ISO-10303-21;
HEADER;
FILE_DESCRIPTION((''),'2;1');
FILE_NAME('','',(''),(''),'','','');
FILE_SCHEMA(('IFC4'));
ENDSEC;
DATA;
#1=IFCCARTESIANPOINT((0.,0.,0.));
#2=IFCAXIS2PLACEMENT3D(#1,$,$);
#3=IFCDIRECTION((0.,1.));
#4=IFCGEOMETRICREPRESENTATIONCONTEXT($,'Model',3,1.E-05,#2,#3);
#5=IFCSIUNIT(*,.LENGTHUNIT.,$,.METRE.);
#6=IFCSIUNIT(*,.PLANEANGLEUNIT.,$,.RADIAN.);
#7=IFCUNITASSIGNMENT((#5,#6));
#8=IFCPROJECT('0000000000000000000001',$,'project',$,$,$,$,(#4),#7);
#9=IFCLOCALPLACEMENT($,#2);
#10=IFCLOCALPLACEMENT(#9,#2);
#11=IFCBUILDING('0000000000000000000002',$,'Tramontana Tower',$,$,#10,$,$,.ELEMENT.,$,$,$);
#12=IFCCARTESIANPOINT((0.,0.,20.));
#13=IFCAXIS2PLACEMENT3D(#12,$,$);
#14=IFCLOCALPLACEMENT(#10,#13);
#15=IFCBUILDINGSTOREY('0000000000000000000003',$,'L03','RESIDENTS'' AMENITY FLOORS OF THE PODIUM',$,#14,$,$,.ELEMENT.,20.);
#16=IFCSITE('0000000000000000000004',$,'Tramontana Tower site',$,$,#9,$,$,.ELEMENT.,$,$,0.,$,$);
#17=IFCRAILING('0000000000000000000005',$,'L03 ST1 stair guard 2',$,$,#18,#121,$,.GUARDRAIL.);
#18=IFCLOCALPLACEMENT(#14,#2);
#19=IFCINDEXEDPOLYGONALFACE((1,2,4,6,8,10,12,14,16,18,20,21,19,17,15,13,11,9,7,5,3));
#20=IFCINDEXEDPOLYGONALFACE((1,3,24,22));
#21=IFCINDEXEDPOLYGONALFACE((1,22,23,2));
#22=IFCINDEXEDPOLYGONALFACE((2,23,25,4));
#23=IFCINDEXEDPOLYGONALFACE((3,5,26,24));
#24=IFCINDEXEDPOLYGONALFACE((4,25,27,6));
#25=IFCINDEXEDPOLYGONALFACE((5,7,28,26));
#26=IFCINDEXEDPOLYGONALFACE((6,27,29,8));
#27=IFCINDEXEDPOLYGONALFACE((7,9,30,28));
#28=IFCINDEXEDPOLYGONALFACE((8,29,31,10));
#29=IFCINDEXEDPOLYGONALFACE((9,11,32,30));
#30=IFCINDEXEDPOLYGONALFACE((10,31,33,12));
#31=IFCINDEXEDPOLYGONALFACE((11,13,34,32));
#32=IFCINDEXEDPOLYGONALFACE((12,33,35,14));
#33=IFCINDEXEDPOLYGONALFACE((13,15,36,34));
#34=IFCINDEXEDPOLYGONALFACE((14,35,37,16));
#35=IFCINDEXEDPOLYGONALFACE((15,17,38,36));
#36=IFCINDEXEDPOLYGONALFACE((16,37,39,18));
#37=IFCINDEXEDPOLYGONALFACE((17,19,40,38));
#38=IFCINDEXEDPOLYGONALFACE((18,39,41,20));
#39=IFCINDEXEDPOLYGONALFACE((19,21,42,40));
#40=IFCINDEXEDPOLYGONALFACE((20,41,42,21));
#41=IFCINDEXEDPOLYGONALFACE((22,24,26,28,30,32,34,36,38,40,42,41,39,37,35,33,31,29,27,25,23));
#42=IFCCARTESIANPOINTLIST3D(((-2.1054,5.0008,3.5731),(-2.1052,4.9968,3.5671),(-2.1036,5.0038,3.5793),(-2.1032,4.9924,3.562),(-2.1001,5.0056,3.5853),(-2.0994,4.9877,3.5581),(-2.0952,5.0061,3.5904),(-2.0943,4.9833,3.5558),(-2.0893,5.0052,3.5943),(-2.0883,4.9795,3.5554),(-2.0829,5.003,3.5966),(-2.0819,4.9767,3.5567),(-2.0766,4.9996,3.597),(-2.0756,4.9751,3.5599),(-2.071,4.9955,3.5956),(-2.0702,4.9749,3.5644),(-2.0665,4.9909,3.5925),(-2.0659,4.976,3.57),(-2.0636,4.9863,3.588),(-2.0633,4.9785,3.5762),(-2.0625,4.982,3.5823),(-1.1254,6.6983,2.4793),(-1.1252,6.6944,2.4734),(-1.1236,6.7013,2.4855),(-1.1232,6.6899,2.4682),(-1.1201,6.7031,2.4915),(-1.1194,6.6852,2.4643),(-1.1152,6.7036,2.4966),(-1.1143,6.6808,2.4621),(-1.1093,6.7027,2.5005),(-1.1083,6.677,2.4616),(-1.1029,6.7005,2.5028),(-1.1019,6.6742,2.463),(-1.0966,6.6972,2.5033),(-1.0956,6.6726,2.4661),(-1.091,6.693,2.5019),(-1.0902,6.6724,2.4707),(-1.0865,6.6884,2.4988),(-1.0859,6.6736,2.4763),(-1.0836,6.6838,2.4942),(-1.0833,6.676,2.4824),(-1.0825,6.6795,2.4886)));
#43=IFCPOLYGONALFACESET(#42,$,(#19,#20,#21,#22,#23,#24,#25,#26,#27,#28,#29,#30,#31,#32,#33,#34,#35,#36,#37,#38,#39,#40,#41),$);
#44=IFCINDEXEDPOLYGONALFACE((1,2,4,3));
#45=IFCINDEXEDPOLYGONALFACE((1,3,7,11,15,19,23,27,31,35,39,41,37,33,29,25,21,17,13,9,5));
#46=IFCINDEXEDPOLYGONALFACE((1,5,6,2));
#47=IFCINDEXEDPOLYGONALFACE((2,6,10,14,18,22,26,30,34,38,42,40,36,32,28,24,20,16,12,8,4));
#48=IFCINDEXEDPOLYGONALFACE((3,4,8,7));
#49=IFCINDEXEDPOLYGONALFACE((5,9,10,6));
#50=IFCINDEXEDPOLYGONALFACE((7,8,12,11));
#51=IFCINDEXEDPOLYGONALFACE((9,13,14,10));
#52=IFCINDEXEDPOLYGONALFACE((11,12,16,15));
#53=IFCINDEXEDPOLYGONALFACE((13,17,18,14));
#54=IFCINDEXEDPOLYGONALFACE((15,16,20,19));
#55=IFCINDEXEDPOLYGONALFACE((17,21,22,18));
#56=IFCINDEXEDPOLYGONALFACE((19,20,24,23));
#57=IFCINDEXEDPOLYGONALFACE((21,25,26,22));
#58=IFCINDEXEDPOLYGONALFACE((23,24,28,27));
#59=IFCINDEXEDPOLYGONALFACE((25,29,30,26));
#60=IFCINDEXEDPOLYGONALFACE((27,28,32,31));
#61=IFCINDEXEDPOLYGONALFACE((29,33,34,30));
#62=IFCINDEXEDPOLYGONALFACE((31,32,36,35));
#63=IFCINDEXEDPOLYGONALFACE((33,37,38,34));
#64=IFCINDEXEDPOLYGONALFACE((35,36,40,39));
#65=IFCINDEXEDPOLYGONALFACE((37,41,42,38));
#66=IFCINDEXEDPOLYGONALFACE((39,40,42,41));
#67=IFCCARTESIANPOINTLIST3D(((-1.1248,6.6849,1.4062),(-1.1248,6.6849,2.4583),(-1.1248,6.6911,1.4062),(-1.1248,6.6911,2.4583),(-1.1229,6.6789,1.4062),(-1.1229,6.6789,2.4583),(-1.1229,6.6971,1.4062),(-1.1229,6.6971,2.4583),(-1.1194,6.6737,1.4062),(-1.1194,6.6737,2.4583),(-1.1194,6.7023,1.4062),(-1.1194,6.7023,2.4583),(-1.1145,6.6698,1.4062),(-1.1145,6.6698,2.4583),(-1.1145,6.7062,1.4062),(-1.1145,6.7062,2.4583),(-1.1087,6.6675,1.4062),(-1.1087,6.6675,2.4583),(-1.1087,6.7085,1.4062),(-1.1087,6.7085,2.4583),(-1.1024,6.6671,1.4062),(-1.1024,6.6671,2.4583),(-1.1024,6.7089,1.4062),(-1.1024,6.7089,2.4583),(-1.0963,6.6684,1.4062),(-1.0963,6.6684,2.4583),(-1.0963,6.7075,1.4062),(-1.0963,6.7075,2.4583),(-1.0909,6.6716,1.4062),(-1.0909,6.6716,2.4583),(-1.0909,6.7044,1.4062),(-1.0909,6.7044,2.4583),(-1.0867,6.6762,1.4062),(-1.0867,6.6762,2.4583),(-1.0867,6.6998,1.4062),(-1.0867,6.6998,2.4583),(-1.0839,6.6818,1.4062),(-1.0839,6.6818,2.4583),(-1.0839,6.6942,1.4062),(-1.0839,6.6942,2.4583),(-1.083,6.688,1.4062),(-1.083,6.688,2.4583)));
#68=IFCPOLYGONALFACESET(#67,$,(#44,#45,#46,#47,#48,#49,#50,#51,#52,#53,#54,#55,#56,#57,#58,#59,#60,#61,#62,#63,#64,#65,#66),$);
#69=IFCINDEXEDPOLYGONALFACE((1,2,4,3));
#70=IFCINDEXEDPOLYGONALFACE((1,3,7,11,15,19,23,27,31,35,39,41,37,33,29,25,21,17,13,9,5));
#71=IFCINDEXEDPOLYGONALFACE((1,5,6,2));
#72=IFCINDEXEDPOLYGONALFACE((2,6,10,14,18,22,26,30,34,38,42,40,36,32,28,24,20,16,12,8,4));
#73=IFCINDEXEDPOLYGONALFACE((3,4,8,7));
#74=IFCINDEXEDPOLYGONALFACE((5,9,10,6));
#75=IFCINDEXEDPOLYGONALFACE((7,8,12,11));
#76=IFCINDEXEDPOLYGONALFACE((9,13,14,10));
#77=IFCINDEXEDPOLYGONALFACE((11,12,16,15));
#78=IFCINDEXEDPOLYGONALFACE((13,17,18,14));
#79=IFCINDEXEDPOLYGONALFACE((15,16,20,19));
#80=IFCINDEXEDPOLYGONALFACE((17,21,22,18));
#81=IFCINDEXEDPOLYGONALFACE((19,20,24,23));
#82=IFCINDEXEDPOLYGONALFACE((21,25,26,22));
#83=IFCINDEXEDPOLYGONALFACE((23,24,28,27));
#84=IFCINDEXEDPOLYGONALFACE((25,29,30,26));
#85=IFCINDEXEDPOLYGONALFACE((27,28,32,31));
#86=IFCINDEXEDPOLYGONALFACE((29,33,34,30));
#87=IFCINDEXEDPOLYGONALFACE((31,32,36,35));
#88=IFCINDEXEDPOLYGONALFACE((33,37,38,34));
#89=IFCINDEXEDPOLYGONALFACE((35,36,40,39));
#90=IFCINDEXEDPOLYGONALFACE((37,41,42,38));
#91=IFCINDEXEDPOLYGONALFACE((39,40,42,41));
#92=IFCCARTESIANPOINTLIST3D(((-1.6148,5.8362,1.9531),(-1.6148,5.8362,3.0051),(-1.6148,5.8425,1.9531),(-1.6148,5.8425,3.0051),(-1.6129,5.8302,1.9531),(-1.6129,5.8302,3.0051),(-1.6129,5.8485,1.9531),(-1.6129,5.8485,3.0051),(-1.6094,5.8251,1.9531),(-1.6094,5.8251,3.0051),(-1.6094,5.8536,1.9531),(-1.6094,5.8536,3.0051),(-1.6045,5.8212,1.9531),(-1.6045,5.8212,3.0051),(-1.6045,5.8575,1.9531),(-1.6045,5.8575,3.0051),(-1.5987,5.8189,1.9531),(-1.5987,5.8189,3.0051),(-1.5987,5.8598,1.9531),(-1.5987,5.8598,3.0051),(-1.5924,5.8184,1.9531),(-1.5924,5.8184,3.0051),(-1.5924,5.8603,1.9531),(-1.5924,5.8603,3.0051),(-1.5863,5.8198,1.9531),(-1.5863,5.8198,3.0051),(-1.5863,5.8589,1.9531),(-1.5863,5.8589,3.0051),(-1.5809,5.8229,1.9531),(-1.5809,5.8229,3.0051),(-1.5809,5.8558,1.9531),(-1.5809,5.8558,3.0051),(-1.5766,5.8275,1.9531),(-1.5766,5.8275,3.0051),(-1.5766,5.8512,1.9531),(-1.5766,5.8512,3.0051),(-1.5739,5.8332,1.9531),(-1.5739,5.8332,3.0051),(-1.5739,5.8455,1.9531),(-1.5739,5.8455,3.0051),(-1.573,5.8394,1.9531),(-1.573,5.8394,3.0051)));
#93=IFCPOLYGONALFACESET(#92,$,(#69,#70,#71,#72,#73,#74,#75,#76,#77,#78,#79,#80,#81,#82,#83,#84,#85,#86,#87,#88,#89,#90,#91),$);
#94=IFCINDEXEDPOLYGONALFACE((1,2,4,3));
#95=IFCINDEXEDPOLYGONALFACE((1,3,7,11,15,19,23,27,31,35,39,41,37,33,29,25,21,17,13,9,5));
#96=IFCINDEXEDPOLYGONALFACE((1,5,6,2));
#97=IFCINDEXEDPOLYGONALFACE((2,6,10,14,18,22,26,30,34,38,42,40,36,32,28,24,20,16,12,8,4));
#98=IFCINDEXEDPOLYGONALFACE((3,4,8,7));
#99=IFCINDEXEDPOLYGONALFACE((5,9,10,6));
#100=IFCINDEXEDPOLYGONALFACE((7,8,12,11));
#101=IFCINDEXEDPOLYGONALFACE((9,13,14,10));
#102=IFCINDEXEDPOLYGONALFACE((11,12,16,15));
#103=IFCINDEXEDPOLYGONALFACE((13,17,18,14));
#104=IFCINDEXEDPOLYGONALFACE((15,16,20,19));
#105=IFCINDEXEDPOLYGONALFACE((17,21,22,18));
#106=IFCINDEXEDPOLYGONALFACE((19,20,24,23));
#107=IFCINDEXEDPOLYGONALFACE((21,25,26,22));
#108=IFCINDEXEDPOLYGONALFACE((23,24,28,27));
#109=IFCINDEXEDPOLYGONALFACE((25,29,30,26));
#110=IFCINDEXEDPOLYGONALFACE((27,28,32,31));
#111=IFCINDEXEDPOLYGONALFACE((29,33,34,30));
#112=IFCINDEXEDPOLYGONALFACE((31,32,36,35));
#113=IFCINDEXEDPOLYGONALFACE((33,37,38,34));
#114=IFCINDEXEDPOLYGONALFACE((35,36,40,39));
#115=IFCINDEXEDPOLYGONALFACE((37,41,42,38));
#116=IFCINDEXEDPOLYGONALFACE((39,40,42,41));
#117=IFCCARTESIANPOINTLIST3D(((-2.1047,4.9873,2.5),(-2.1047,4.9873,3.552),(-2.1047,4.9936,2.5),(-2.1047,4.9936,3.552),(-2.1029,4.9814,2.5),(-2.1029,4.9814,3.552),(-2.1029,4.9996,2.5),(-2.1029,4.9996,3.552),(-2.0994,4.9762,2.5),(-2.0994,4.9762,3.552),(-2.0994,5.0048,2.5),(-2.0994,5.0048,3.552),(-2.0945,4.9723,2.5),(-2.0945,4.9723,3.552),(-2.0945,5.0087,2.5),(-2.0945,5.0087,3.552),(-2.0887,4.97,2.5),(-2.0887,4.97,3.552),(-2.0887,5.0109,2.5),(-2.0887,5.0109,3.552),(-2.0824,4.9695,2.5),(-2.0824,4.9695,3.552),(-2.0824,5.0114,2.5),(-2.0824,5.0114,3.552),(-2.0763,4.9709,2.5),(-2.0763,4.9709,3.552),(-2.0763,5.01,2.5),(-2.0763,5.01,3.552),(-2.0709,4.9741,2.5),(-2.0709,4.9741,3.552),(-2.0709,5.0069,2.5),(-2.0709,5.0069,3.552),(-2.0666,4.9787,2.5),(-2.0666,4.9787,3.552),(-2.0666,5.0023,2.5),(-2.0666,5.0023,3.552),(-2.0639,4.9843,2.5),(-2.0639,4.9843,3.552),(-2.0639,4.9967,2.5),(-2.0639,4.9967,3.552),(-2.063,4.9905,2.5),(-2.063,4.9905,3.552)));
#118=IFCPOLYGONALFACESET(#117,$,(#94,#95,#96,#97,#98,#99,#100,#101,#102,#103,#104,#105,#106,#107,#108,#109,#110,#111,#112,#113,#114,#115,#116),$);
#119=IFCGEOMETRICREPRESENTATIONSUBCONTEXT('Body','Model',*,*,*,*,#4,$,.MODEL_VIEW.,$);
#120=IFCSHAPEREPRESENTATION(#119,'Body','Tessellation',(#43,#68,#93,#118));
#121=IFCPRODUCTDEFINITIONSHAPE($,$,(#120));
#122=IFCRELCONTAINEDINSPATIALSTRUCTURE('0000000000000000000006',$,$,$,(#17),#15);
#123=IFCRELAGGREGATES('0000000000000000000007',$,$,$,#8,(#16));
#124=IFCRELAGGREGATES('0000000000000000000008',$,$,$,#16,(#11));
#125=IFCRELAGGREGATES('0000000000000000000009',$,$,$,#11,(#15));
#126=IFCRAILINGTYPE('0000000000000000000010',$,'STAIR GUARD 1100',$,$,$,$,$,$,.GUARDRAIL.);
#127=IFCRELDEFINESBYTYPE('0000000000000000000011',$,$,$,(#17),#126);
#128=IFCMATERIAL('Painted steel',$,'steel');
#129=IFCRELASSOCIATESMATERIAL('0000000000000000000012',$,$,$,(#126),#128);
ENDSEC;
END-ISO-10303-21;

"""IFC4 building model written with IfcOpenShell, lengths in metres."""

from ifc_helpers import new_model, si_unit, direction, frame, origin, origin_2d, place, context, subcontext, project, spatial, circle, extrude, material, type_object, element, save


model = new_model("IFC4")

# Units and contexts
model_context = context("Model", 3, precision=1e-05, world=origin(), true_north=direction((0.0, 1.0)))
body_context = subcontext(model_context, "Body", "Model", "MODEL_VIEW")
ifc_project = project(units=[si_unit("LENGTHUNIT", "METRE"), si_unit("PLANEANGLEUNIT", "RADIAN")], contexts=[model_context])

# Site, building, storey
site_placement = place(None, origin())
site = spatial("IfcSite", under=ifc_project, at=site_placement, Name="Tramontana Tower site", CompositionType="ELEMENT", RefElevation=0.0)
building_placement = place(site_placement, origin())
building = spatial("IfcBuilding", under=site, at=building_placement, Name="Tramontana Tower", CompositionType="ELEMENT")
storey_placement = place(building_placement, frame((0.0, 0.0, 20.0)))
storey = spatial("IfcBuildingStorey", under=building, at=storey_placement, Name="L03", Description="RESIDENTS' AMENITY FLOORS OF THE PODIUM", CompositionType="ELEMENT", Elevation=20.0)

# Railing
ifc_material_1 = material(Name="Painted steel", Category="steel")
railing_type_1 = type_object("IfcRailingType", Name="STAIR GUARD 1100", PredefinedType="GUARDRAIL", material=ifc_material_1)
railing_1_placement = place(storey_placement, frame((-1.104, 6.688, 1.4062)))
element("IfcRailing", 1, at=railing_1_placement, inside=storey, type_object=railing_type_1, Name="L03 ST1 stair guard 2", PredefinedType="GUARDRAIL", context=body_context, shape_type="SweptSolid", body=[
    extrude(circle(Radius=0.0239, at=origin_2d()), frame((0.0, 0.0, 1.0762), z_axis=(-0.436596, -0.756267, 0.487282), x_axis=(0.866042, -0.49997, 0.0)), (0.0, 0.0, 1.0), 2.2446),
    extrude(circle(Radius=0.021, at=origin_2d()), origin(), (0.0, 0.0, 1.0), 1.052),
    extrude(circle(Radius=0.021, at=origin_2d()), frame((-0.49, -0.8486, 0.5469)), (0.0, 0.0, 1.0), 1.052),
    extrude(circle(Radius=0.021, at=origin_2d()), frame((-0.98, -1.6975, 1.0938)), (0.0, 0.0, 1.0), 1.052),
])

save(model, "model.ifc")
